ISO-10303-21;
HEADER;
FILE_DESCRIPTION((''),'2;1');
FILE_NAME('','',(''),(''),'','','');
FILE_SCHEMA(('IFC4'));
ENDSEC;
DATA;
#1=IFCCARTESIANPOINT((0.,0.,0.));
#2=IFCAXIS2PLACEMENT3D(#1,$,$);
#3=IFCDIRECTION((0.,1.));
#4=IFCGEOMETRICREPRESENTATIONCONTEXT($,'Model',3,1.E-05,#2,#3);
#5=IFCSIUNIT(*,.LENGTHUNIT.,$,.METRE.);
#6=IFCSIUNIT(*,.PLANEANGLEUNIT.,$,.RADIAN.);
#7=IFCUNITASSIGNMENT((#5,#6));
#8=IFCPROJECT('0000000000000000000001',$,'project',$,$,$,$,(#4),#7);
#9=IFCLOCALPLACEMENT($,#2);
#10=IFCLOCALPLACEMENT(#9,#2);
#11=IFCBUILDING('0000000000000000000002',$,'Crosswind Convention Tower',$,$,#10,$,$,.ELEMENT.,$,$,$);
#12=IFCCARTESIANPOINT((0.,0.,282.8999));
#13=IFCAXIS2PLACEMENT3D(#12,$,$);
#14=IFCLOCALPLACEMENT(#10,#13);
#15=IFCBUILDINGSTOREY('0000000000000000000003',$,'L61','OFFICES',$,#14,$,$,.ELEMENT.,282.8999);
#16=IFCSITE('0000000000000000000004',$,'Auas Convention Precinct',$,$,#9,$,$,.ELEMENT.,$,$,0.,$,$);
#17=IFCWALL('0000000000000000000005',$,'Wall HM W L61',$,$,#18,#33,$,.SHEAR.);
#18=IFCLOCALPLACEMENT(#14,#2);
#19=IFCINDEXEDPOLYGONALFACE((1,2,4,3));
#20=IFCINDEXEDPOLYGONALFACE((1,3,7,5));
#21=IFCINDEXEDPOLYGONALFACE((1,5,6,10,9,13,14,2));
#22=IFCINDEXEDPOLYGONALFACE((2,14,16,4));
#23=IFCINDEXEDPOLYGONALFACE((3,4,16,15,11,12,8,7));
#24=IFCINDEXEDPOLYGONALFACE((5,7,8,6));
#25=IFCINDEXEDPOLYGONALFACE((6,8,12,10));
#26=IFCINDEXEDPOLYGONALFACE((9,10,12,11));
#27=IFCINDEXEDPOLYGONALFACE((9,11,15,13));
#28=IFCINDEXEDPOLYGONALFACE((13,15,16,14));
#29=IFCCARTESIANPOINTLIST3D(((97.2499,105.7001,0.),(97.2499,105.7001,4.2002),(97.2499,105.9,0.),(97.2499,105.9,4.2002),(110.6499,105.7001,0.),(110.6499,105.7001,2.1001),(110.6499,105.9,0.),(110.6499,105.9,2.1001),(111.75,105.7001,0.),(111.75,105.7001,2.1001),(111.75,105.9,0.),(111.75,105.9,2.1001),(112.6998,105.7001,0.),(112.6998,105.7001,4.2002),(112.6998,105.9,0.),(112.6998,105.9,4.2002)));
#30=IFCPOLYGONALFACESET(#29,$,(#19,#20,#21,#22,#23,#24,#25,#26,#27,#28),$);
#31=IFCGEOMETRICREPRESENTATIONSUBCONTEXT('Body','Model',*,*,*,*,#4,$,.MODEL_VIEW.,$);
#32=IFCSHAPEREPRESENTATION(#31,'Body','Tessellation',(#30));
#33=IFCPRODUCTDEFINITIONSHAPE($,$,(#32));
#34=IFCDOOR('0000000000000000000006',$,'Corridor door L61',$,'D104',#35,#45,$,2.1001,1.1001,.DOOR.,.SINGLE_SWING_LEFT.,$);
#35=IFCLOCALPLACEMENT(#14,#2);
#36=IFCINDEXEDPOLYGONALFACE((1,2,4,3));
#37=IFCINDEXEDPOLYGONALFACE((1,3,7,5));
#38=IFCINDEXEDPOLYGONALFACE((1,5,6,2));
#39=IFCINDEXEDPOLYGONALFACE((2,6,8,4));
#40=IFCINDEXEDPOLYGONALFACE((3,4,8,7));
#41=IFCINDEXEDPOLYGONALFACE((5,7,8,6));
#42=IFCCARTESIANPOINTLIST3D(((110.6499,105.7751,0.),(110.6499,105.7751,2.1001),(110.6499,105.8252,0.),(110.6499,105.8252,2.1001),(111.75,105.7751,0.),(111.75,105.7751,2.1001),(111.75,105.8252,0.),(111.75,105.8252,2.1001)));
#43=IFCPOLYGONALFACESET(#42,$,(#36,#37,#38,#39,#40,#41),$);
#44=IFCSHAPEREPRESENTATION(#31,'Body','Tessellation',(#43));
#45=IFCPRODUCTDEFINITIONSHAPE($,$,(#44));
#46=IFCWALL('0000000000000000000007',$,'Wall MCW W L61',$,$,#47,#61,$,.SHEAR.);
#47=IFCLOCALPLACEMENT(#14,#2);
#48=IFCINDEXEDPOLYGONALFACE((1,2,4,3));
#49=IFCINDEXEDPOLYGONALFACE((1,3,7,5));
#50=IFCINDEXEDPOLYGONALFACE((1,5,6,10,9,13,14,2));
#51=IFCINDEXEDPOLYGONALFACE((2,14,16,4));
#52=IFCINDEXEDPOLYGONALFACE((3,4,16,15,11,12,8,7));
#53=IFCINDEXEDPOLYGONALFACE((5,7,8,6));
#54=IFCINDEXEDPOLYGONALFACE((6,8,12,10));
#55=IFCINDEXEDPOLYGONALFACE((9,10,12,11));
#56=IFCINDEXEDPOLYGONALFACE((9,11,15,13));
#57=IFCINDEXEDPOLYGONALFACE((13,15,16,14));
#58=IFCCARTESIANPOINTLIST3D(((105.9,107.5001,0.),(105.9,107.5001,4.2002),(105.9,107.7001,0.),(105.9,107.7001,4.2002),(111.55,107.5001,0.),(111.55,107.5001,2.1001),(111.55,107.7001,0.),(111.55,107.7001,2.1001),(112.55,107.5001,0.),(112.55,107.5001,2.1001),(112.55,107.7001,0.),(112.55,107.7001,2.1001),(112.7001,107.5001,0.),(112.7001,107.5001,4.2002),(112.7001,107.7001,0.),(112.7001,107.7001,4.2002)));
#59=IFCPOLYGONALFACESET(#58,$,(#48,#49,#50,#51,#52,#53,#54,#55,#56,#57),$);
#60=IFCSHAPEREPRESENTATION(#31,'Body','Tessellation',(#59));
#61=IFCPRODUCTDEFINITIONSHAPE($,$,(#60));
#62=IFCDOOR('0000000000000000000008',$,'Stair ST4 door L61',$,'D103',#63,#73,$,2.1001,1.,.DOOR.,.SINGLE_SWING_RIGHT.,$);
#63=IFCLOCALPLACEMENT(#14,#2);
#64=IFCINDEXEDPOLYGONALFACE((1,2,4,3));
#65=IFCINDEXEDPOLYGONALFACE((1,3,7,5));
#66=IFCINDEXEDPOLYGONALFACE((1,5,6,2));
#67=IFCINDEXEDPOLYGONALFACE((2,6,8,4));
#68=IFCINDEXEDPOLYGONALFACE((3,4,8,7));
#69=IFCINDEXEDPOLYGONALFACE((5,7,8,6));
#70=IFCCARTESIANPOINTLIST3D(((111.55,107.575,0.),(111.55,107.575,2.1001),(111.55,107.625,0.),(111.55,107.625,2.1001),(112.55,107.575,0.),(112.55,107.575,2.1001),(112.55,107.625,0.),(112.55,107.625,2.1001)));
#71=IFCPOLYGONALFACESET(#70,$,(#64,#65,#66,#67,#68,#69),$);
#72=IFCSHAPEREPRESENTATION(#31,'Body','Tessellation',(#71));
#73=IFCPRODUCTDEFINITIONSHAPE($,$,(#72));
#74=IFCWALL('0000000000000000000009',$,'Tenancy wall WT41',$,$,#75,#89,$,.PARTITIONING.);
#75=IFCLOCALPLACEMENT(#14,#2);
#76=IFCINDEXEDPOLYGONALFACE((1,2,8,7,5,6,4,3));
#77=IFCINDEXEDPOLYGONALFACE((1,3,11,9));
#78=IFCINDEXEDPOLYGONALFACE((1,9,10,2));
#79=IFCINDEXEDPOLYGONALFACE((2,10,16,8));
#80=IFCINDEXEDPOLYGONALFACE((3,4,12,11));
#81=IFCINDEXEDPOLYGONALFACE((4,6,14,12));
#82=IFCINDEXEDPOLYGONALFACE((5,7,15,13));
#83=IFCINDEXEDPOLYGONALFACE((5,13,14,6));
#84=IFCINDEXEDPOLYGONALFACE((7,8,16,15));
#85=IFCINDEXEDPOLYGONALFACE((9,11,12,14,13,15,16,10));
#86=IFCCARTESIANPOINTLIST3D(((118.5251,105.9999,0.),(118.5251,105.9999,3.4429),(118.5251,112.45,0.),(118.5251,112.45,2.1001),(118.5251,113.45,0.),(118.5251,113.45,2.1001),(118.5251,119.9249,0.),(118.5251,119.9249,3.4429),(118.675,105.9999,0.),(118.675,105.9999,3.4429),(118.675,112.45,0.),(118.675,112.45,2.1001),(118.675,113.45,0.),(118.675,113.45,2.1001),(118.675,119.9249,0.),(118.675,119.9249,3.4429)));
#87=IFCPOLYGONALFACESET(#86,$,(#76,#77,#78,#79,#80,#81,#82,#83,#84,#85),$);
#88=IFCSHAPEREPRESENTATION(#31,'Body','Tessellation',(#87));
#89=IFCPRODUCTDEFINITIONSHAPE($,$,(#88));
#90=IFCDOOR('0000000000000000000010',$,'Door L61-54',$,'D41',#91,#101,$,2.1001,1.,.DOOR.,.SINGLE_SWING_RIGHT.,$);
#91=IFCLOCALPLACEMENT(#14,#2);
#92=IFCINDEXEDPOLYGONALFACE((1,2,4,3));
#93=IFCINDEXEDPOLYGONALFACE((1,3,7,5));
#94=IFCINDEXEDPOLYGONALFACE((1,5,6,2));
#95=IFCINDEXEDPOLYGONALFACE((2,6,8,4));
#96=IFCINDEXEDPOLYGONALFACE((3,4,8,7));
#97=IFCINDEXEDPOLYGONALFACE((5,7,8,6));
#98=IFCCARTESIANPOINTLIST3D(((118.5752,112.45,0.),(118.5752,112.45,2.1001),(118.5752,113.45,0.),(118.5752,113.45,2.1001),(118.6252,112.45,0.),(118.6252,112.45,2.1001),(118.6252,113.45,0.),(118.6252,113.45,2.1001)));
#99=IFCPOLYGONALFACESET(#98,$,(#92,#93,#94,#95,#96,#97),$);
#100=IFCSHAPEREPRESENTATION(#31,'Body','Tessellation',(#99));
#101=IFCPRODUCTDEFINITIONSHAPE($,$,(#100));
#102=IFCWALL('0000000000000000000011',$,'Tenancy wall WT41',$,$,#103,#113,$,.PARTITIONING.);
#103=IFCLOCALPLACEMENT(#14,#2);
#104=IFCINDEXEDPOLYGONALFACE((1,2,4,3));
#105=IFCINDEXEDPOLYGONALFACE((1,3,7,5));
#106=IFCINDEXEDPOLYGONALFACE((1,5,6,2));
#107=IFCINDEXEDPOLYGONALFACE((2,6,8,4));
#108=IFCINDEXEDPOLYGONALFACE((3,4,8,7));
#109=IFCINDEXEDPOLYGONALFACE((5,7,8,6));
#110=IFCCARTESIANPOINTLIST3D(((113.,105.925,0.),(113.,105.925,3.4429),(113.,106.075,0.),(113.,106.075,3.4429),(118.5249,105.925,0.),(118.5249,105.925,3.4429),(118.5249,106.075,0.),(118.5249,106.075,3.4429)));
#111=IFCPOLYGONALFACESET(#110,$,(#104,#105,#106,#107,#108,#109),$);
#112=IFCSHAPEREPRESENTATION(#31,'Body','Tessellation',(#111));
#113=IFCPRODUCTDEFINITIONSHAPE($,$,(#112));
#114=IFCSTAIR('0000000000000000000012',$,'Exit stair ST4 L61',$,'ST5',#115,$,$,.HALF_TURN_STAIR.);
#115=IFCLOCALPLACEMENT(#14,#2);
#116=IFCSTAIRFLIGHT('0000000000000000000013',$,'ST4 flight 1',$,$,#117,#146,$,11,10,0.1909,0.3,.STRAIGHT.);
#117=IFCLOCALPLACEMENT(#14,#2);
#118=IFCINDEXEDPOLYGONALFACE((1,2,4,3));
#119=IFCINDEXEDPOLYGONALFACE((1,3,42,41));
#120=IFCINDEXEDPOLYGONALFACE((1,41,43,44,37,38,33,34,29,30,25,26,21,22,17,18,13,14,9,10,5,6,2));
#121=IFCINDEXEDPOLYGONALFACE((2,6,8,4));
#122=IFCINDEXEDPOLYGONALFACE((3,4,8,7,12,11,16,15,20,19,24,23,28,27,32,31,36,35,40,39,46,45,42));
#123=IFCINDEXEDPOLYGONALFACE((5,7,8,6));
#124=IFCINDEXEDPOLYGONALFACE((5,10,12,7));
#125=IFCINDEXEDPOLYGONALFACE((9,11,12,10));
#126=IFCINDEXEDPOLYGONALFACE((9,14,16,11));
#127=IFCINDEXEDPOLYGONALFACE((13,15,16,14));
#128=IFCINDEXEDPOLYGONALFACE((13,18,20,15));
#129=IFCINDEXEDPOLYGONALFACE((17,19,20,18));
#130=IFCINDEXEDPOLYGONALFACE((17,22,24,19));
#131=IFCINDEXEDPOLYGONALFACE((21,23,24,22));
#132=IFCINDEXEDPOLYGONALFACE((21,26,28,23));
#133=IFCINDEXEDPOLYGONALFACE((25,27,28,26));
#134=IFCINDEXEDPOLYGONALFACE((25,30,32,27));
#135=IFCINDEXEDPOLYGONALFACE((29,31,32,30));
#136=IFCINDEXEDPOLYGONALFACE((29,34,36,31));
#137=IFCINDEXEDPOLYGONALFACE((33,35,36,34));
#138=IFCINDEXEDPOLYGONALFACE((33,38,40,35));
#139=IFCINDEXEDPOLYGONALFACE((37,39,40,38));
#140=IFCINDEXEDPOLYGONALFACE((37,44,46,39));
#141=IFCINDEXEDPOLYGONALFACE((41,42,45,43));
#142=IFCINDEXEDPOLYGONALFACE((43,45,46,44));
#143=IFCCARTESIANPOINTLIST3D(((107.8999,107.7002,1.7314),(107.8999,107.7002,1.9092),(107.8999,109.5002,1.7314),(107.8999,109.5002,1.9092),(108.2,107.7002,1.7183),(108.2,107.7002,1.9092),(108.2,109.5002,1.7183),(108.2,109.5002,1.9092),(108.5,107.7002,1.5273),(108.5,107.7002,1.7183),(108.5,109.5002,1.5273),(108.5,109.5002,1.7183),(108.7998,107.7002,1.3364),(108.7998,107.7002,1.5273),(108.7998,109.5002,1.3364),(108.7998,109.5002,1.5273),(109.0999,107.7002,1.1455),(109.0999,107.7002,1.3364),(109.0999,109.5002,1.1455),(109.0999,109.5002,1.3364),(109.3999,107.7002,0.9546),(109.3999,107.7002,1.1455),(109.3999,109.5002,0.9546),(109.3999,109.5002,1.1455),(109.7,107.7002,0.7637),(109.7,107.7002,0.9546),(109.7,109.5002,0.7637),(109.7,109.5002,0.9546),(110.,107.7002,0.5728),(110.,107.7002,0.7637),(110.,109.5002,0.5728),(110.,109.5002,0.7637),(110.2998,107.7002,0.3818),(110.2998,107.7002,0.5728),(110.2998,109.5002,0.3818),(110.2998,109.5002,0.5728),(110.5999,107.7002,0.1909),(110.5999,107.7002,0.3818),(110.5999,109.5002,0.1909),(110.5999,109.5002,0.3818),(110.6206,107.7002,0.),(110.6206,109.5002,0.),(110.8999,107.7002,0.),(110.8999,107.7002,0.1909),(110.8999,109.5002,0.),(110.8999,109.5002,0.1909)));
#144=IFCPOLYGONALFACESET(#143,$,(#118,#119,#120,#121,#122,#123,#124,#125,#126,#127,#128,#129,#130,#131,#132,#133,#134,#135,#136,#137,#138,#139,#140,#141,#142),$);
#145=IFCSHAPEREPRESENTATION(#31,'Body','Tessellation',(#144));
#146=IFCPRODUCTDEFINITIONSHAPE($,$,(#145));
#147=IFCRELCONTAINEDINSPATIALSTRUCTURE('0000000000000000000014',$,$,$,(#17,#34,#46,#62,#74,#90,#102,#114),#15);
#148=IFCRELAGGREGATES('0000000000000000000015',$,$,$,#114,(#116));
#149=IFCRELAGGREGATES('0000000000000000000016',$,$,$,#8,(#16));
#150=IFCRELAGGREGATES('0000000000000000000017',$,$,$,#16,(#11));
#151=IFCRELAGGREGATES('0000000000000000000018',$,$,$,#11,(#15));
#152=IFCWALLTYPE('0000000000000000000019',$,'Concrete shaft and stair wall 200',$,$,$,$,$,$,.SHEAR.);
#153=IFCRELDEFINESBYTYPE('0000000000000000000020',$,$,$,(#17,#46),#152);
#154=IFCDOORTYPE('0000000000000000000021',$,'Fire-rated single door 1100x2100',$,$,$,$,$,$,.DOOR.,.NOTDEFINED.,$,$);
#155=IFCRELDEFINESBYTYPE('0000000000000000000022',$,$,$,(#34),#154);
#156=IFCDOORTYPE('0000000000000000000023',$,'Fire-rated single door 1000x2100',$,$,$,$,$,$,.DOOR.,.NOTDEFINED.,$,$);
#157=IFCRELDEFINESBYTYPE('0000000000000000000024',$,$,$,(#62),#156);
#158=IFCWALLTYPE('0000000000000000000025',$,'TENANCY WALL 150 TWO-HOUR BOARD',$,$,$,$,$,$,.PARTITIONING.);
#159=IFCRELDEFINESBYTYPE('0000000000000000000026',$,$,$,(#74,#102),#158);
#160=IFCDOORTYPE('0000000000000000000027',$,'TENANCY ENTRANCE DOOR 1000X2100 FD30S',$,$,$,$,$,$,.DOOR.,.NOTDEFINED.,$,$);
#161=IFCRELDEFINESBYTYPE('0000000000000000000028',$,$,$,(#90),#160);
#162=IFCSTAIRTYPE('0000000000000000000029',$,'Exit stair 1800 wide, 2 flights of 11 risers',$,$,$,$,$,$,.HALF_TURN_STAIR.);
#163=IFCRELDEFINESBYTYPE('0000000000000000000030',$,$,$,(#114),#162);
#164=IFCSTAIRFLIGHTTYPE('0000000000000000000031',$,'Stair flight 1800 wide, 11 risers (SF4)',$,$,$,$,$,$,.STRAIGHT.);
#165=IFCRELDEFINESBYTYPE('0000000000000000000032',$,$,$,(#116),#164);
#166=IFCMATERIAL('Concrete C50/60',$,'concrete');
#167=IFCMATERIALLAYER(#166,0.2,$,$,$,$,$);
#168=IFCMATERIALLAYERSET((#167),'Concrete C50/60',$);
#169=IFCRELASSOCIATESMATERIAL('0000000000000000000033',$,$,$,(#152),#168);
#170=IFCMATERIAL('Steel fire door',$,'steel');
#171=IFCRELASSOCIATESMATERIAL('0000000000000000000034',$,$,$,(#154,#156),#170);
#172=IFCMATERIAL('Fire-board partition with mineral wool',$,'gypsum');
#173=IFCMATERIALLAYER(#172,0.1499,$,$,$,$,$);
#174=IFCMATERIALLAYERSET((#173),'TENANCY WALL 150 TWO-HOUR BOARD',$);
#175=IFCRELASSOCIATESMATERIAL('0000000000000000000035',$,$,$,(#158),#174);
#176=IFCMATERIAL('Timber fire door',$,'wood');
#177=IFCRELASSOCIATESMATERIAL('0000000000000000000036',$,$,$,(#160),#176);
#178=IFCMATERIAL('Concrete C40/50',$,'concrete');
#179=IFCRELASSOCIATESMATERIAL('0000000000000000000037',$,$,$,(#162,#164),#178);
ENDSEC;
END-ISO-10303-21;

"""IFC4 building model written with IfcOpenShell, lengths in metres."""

from ifc_helpers import new_model, si_unit, direction, frame, frame_2d, origin, place, context, subcontext, project, spatial, polyline, rectangle, outline, extrude, material, layer, layer_set, type_object, element, fill, aggregate, save


model = new_model("IFC4")

# Units and contexts
model_context = context("Model", 3, precision=1e-05, world=origin(), true_north=direction((0.0, 1.0)))
body_context = subcontext(model_context, "Body", "Model", "MODEL_VIEW")
ifc_project = project(units=[si_unit("LENGTHUNIT", "METRE"), si_unit("PLANEANGLEUNIT", "RADIAN")], contexts=[model_context])

# Site, building, storey
site_placement = place(None, origin())
site = spatial("IfcSite", under=ifc_project, at=site_placement, Name="Auas Convention Precinct", CompositionType="ELEMENT", RefElevation=0.0)
building_placement = place(site_placement, origin())
building = spatial("IfcBuilding", under=site, at=building_placement, Name="Crosswind Convention Tower", CompositionType="ELEMENT")
storey_placement = place(building_placement, frame((0.0, 0.0, 282.8999)))
storey = spatial("IfcBuildingStorey", under=building, at=storey_placement, Name="L61", Description="OFFICES", CompositionType="ELEMENT", Elevation=282.8999)

# Shared definitions
ifc_material_1 = material(Name="Concrete C50/60", Category="concrete")

# Walls, openings, doors
ifc_layer_1 = layer(ifc_material_1, 0.2)
ifc_layer_set_1 = layer_set([ifc_layer_1], Name="Concrete C50/60")
wall_type_1 = type_object("IfcWallType", Name="Concrete shaft and stair wall 200", PredefinedType="SHEAR", material=ifc_layer_set_1)
wall_1_placement = place(storey_placement, frame((112.7, 105.8, 0.0), z_axis=(0.0, 0.0, 1.0), x_axis=(-1.0, 0.0, 0.0)))
wall_1 = element("IfcWall", 1, at=wall_1_placement, inside=storey, type_object=wall_type_1, Name="Wall HM W L61", PredefinedType="SHEAR", context=body_context, shape_type="SweptSolid", body=[
    extrude(rectangle(XDim=15.45, YDim=0.2, at=frame_2d((7.7251, 0.0))), origin(), (0.0, 0.0, 1.0), 4.2002),
])
opening_1_placement = place(wall_1_placement, frame((0.95, 0.0, 0.0)))
opening_1 = element("IfcOpeningElement", 2, at=opening_1_placement, cuts=wall_1, PredefinedType="OPENING", context=body_context, shape_type="SweptSolid", body=[
    extrude(rectangle(XDim=1.1001, YDim=2.1001, at=frame_2d((0.55, 1.05))), frame((0.0, 0.1099, 0.0), z_axis=(0.0, -1.0, 0.0), x_axis=(1.0, 0.0, 0.0)), (0.0, 0.0, 1.0), 0.22),
])
ifc_material_2 = material(Name="Steel fire door", Category="steel")
door_type_1 = type_object("IfcDoorType", Name="Fire-rated single door 1100x2100", OperationType="NOTDEFINED", PredefinedType="DOOR", material=ifc_material_2)
door_1_placement = place(opening_1_placement, origin())
door_1 = element("IfcDoor", 3, at=door_1_placement, inside=storey, type_object=door_type_1, Name="Corridor door L61", ObjectType="D104", OperationType="SINGLE_SWING_LEFT", OverallHeight=2.1001, OverallWidth=1.1001, PredefinedType="DOOR", context=body_context, shape_type="SweptSolid", body=[
    extrude(rectangle(XDim=1.1001, YDim=2.1001, at=frame_2d((0.55, 1.05))), frame((0.0, 0.0249, 0.0), z_axis=(0.0, -1.0, 0.0), x_axis=(1.0, 0.0, 0.0)), (0.0, 0.0, 1.0), 0.05),
])
fill(opening_1, door_1)
wall_2_placement = place(storey_placement, frame((112.7, 107.6001, 0.0), z_axis=(0.0, 0.0, 1.0), x_axis=(-1.0, 0.0, 0.0)))
wall_2 = element("IfcWall", 4, at=wall_2_placement, inside=storey, type_object=wall_type_1, Name="Wall MCW W L61", PredefinedType="SHEAR", context=body_context, shape_type="SweptSolid", body=[
    extrude(rectangle(XDim=6.8, YDim=0.2, at=frame_2d((3.3999, 0.0))), origin(), (0.0, 0.0, 1.0), 4.2002),
])
opening_2_placement = place(wall_2_placement, frame((0.1499, 0.0, 0.0)))
opening_2 = element("IfcOpeningElement", 5, at=opening_2_placement, cuts=wall_2, PredefinedType="OPENING", context=body_context, shape_type="SweptSolid", body=[
    extrude(rectangle(XDim=1.0, YDim=2.1001, at=frame_2d((0.5, 1.05))), frame((0.0, 0.1099, 0.0), z_axis=(0.0, -1.0, 0.0), x_axis=(1.0, 0.0, 0.0)), (0.0, 0.0, 1.0), 0.22),
])
door_type_2 = type_object("IfcDoorType", Name="Fire-rated single door 1000x2100", OperationType="NOTDEFINED", PredefinedType="DOOR", material=ifc_material_2)
door_2_placement = place(opening_2_placement, frame((1.0, 0.0, 0.0), z_axis=(0.0, 0.0, 1.0), x_axis=(-1.0, 0.0, 0.0)))
door_2 = element("IfcDoor", 6, at=door_2_placement, inside=storey, type_object=door_type_2, Name="Stair ST4 door L61", ObjectType="D103", OperationType="SINGLE_SWING_RIGHT", OverallHeight=2.1001, OverallWidth=1.0, PredefinedType="DOOR", context=body_context, shape_type="SweptSolid", body=[
    extrude(rectangle(XDim=1.0, YDim=2.1001, at=frame_2d((0.5, 1.05))), frame((0.0, 0.0249, 0.0), z_axis=(0.0, -1.0, 0.0), x_axis=(1.0, 0.0, 0.0)), (0.0, 0.0, 1.0), 0.05),
])
fill(opening_2, door_2)
ifc_material_3 = material(Name="Fire-board partition with mineral wool", Category="gypsum")
ifc_layer_2 = layer(ifc_material_3, 0.1499)
ifc_layer_set_2 = layer_set([ifc_layer_2], Name="TENANCY WALL 150 TWO-HOUR BOARD")
wall_type_2 = type_object("IfcWallType", Name="TENANCY WALL 150 TWO-HOUR BOARD", PredefinedType="PARTITIONING", material=ifc_layer_set_2)
wall_3_placement = place(storey_placement, frame((118.6001, 106.0, 0.0), z_axis=(0.0, 0.0, 1.0), x_axis=(0.0, 1.0, 0.0)))
wall_3 = element("IfcWall", 7, at=wall_3_placement, inside=storey, type_object=wall_type_2, Name="Tenancy wall WT41", PredefinedType="PARTITIONING", context=body_context, shape_type="SweptSolid", body=[
    extrude(rectangle(XDim=13.925, YDim=0.1499, at=frame_2d((6.9624, 0.0))), origin(), (0.0, 0.0, 1.0), 3.4429),
])
opening_3_placement = place(wall_3_placement, frame((6.45, 0.0, 0.0)))
opening_3 = element("IfcOpeningElement", 8, at=opening_3_placement, cuts=wall_3, PredefinedType="OPENING", context=body_context, shape_type="SweptSolid", body=[
    extrude(rectangle(XDim=1.0, YDim=2.1001, at=frame_2d((0.5, 1.05))), frame((0.0, 0.085, 0.0), z_axis=(0.0, -1.0, 0.0), x_axis=(1.0, 0.0, 0.0)), (0.0, 0.0, 1.0), 0.1699),
])
ifc_material_4 = material(Name="Timber fire door", Category="wood")
door_type_3 = type_object("IfcDoorType", Name="TENANCY ENTRANCE DOOR 1000X2100 FD30S", OperationType="NOTDEFINED", PredefinedType="DOOR", material=ifc_material_4)
door_3_placement = place(opening_3_placement, origin())
door_3 = element("IfcDoor", 9, at=door_3_placement, inside=storey, type_object=door_type_3, Name="Door L61-54", ObjectType="D41", OperationType="SINGLE_SWING_RIGHT", OverallHeight=2.1001, OverallWidth=1.0, PredefinedType="DOOR", context=body_context, shape_type="SweptSolid", body=[
    extrude(rectangle(XDim=1.0, YDim=2.1001, at=frame_2d((0.5, 1.05))), frame((0.0, 0.0249, 0.0), z_axis=(0.0, -1.0, 0.0), x_axis=(1.0, 0.0, 0.0)), (0.0, 0.0, 1.0), 0.05),
])
fill(opening_3, door_3)

# Wall
wall_4_placement = place(storey_placement, frame((113.0, 106.0, 0.0), z_axis=(0.0, 0.0, 1.0), x_axis=(1.0, 0.0, 0.0)))
element("IfcWall", 10, at=wall_4_placement, inside=storey, type_object=wall_type_2, Name="Tenancy wall WT41", PredefinedType="PARTITIONING", context=body_context, shape_type="SweptSolid", body=[
    extrude(rectangle(XDim=5.5249, YDim=0.1499, at=frame_2d((2.7625, 0.0))), origin(), (0.0, 0.0, 1.0), 3.4429),
])

# Stair, stair flight
ifc_material_5 = material(Name="Concrete C40/50", Category="concrete")
stair_type = type_object("IfcStairType", Name="Exit stair 1800 wide, 2 flights of 11 risers", PredefinedType="HALF_TURN_STAIR", material=ifc_material_5)
stair_placement = place(storey_placement, origin())
stair = element("IfcStair", 11, at=stair_placement, inside=storey, type_object=stair_type, Name="Exit stair ST4 L61", ObjectType="ST5", PredefinedType="HALF_TURN_STAIR")
stair_flight_type = type_object("IfcStairFlightType", Name="Stair flight 1800 wide, 11 risers (SF4)", PredefinedType="STRAIGHT", material=ifc_material_5)
stair_flight_placement = place(storey_placement, frame((110.8999, 108.6001, 0.0), z_axis=(0.0, 0.0, 1.0), x_axis=(-1.0, 0.0, 0.0)))
stair_flight = element("IfcStairFlight", 12, at=stair_flight_placement, type_object=stair_flight_type, Name="ST4 flight 1", NumberOfRisers=11, NumberOfTreads=10, PredefinedType="STRAIGHT", RiserHeight=0.1909, TreadLength=0.3, context=body_context, shape_type="SweptSolid", body=[
    extrude(outline(polyline([(0.0, 0.0), (0.0, 0.1909), (0.3, 0.1909), (0.3, 0.3818), (0.6001, 0.3818), (0.6001, 0.5728), (0.8999, 0.5728), (0.8999, 0.7637), (1.2, 0.7637), (1.2, 0.9546), (1.5, 0.9546), (1.5, 1.1455), (1.8, 1.1455), (1.8, 1.3364), (2.1001, 1.3364), (2.1001, 1.5273), (2.3999, 1.5273), (2.3999, 1.7183), (2.7, 1.7183), (2.7, 1.9092), (3.0, 1.9092), (3.0, 2.1001), (3.0, 1.7314), (0.2793, 0.0), (0.0, 0.0)])), frame((0.0, 0.8999, 0.0), z_axis=(0.0, -1.0, 0.0), x_axis=(1.0, 0.0, 0.0)), (0.0, 0.0, 1.0), 1.8),
])
aggregate(stair, [stair_flight])

save(model, "model.ifc")
